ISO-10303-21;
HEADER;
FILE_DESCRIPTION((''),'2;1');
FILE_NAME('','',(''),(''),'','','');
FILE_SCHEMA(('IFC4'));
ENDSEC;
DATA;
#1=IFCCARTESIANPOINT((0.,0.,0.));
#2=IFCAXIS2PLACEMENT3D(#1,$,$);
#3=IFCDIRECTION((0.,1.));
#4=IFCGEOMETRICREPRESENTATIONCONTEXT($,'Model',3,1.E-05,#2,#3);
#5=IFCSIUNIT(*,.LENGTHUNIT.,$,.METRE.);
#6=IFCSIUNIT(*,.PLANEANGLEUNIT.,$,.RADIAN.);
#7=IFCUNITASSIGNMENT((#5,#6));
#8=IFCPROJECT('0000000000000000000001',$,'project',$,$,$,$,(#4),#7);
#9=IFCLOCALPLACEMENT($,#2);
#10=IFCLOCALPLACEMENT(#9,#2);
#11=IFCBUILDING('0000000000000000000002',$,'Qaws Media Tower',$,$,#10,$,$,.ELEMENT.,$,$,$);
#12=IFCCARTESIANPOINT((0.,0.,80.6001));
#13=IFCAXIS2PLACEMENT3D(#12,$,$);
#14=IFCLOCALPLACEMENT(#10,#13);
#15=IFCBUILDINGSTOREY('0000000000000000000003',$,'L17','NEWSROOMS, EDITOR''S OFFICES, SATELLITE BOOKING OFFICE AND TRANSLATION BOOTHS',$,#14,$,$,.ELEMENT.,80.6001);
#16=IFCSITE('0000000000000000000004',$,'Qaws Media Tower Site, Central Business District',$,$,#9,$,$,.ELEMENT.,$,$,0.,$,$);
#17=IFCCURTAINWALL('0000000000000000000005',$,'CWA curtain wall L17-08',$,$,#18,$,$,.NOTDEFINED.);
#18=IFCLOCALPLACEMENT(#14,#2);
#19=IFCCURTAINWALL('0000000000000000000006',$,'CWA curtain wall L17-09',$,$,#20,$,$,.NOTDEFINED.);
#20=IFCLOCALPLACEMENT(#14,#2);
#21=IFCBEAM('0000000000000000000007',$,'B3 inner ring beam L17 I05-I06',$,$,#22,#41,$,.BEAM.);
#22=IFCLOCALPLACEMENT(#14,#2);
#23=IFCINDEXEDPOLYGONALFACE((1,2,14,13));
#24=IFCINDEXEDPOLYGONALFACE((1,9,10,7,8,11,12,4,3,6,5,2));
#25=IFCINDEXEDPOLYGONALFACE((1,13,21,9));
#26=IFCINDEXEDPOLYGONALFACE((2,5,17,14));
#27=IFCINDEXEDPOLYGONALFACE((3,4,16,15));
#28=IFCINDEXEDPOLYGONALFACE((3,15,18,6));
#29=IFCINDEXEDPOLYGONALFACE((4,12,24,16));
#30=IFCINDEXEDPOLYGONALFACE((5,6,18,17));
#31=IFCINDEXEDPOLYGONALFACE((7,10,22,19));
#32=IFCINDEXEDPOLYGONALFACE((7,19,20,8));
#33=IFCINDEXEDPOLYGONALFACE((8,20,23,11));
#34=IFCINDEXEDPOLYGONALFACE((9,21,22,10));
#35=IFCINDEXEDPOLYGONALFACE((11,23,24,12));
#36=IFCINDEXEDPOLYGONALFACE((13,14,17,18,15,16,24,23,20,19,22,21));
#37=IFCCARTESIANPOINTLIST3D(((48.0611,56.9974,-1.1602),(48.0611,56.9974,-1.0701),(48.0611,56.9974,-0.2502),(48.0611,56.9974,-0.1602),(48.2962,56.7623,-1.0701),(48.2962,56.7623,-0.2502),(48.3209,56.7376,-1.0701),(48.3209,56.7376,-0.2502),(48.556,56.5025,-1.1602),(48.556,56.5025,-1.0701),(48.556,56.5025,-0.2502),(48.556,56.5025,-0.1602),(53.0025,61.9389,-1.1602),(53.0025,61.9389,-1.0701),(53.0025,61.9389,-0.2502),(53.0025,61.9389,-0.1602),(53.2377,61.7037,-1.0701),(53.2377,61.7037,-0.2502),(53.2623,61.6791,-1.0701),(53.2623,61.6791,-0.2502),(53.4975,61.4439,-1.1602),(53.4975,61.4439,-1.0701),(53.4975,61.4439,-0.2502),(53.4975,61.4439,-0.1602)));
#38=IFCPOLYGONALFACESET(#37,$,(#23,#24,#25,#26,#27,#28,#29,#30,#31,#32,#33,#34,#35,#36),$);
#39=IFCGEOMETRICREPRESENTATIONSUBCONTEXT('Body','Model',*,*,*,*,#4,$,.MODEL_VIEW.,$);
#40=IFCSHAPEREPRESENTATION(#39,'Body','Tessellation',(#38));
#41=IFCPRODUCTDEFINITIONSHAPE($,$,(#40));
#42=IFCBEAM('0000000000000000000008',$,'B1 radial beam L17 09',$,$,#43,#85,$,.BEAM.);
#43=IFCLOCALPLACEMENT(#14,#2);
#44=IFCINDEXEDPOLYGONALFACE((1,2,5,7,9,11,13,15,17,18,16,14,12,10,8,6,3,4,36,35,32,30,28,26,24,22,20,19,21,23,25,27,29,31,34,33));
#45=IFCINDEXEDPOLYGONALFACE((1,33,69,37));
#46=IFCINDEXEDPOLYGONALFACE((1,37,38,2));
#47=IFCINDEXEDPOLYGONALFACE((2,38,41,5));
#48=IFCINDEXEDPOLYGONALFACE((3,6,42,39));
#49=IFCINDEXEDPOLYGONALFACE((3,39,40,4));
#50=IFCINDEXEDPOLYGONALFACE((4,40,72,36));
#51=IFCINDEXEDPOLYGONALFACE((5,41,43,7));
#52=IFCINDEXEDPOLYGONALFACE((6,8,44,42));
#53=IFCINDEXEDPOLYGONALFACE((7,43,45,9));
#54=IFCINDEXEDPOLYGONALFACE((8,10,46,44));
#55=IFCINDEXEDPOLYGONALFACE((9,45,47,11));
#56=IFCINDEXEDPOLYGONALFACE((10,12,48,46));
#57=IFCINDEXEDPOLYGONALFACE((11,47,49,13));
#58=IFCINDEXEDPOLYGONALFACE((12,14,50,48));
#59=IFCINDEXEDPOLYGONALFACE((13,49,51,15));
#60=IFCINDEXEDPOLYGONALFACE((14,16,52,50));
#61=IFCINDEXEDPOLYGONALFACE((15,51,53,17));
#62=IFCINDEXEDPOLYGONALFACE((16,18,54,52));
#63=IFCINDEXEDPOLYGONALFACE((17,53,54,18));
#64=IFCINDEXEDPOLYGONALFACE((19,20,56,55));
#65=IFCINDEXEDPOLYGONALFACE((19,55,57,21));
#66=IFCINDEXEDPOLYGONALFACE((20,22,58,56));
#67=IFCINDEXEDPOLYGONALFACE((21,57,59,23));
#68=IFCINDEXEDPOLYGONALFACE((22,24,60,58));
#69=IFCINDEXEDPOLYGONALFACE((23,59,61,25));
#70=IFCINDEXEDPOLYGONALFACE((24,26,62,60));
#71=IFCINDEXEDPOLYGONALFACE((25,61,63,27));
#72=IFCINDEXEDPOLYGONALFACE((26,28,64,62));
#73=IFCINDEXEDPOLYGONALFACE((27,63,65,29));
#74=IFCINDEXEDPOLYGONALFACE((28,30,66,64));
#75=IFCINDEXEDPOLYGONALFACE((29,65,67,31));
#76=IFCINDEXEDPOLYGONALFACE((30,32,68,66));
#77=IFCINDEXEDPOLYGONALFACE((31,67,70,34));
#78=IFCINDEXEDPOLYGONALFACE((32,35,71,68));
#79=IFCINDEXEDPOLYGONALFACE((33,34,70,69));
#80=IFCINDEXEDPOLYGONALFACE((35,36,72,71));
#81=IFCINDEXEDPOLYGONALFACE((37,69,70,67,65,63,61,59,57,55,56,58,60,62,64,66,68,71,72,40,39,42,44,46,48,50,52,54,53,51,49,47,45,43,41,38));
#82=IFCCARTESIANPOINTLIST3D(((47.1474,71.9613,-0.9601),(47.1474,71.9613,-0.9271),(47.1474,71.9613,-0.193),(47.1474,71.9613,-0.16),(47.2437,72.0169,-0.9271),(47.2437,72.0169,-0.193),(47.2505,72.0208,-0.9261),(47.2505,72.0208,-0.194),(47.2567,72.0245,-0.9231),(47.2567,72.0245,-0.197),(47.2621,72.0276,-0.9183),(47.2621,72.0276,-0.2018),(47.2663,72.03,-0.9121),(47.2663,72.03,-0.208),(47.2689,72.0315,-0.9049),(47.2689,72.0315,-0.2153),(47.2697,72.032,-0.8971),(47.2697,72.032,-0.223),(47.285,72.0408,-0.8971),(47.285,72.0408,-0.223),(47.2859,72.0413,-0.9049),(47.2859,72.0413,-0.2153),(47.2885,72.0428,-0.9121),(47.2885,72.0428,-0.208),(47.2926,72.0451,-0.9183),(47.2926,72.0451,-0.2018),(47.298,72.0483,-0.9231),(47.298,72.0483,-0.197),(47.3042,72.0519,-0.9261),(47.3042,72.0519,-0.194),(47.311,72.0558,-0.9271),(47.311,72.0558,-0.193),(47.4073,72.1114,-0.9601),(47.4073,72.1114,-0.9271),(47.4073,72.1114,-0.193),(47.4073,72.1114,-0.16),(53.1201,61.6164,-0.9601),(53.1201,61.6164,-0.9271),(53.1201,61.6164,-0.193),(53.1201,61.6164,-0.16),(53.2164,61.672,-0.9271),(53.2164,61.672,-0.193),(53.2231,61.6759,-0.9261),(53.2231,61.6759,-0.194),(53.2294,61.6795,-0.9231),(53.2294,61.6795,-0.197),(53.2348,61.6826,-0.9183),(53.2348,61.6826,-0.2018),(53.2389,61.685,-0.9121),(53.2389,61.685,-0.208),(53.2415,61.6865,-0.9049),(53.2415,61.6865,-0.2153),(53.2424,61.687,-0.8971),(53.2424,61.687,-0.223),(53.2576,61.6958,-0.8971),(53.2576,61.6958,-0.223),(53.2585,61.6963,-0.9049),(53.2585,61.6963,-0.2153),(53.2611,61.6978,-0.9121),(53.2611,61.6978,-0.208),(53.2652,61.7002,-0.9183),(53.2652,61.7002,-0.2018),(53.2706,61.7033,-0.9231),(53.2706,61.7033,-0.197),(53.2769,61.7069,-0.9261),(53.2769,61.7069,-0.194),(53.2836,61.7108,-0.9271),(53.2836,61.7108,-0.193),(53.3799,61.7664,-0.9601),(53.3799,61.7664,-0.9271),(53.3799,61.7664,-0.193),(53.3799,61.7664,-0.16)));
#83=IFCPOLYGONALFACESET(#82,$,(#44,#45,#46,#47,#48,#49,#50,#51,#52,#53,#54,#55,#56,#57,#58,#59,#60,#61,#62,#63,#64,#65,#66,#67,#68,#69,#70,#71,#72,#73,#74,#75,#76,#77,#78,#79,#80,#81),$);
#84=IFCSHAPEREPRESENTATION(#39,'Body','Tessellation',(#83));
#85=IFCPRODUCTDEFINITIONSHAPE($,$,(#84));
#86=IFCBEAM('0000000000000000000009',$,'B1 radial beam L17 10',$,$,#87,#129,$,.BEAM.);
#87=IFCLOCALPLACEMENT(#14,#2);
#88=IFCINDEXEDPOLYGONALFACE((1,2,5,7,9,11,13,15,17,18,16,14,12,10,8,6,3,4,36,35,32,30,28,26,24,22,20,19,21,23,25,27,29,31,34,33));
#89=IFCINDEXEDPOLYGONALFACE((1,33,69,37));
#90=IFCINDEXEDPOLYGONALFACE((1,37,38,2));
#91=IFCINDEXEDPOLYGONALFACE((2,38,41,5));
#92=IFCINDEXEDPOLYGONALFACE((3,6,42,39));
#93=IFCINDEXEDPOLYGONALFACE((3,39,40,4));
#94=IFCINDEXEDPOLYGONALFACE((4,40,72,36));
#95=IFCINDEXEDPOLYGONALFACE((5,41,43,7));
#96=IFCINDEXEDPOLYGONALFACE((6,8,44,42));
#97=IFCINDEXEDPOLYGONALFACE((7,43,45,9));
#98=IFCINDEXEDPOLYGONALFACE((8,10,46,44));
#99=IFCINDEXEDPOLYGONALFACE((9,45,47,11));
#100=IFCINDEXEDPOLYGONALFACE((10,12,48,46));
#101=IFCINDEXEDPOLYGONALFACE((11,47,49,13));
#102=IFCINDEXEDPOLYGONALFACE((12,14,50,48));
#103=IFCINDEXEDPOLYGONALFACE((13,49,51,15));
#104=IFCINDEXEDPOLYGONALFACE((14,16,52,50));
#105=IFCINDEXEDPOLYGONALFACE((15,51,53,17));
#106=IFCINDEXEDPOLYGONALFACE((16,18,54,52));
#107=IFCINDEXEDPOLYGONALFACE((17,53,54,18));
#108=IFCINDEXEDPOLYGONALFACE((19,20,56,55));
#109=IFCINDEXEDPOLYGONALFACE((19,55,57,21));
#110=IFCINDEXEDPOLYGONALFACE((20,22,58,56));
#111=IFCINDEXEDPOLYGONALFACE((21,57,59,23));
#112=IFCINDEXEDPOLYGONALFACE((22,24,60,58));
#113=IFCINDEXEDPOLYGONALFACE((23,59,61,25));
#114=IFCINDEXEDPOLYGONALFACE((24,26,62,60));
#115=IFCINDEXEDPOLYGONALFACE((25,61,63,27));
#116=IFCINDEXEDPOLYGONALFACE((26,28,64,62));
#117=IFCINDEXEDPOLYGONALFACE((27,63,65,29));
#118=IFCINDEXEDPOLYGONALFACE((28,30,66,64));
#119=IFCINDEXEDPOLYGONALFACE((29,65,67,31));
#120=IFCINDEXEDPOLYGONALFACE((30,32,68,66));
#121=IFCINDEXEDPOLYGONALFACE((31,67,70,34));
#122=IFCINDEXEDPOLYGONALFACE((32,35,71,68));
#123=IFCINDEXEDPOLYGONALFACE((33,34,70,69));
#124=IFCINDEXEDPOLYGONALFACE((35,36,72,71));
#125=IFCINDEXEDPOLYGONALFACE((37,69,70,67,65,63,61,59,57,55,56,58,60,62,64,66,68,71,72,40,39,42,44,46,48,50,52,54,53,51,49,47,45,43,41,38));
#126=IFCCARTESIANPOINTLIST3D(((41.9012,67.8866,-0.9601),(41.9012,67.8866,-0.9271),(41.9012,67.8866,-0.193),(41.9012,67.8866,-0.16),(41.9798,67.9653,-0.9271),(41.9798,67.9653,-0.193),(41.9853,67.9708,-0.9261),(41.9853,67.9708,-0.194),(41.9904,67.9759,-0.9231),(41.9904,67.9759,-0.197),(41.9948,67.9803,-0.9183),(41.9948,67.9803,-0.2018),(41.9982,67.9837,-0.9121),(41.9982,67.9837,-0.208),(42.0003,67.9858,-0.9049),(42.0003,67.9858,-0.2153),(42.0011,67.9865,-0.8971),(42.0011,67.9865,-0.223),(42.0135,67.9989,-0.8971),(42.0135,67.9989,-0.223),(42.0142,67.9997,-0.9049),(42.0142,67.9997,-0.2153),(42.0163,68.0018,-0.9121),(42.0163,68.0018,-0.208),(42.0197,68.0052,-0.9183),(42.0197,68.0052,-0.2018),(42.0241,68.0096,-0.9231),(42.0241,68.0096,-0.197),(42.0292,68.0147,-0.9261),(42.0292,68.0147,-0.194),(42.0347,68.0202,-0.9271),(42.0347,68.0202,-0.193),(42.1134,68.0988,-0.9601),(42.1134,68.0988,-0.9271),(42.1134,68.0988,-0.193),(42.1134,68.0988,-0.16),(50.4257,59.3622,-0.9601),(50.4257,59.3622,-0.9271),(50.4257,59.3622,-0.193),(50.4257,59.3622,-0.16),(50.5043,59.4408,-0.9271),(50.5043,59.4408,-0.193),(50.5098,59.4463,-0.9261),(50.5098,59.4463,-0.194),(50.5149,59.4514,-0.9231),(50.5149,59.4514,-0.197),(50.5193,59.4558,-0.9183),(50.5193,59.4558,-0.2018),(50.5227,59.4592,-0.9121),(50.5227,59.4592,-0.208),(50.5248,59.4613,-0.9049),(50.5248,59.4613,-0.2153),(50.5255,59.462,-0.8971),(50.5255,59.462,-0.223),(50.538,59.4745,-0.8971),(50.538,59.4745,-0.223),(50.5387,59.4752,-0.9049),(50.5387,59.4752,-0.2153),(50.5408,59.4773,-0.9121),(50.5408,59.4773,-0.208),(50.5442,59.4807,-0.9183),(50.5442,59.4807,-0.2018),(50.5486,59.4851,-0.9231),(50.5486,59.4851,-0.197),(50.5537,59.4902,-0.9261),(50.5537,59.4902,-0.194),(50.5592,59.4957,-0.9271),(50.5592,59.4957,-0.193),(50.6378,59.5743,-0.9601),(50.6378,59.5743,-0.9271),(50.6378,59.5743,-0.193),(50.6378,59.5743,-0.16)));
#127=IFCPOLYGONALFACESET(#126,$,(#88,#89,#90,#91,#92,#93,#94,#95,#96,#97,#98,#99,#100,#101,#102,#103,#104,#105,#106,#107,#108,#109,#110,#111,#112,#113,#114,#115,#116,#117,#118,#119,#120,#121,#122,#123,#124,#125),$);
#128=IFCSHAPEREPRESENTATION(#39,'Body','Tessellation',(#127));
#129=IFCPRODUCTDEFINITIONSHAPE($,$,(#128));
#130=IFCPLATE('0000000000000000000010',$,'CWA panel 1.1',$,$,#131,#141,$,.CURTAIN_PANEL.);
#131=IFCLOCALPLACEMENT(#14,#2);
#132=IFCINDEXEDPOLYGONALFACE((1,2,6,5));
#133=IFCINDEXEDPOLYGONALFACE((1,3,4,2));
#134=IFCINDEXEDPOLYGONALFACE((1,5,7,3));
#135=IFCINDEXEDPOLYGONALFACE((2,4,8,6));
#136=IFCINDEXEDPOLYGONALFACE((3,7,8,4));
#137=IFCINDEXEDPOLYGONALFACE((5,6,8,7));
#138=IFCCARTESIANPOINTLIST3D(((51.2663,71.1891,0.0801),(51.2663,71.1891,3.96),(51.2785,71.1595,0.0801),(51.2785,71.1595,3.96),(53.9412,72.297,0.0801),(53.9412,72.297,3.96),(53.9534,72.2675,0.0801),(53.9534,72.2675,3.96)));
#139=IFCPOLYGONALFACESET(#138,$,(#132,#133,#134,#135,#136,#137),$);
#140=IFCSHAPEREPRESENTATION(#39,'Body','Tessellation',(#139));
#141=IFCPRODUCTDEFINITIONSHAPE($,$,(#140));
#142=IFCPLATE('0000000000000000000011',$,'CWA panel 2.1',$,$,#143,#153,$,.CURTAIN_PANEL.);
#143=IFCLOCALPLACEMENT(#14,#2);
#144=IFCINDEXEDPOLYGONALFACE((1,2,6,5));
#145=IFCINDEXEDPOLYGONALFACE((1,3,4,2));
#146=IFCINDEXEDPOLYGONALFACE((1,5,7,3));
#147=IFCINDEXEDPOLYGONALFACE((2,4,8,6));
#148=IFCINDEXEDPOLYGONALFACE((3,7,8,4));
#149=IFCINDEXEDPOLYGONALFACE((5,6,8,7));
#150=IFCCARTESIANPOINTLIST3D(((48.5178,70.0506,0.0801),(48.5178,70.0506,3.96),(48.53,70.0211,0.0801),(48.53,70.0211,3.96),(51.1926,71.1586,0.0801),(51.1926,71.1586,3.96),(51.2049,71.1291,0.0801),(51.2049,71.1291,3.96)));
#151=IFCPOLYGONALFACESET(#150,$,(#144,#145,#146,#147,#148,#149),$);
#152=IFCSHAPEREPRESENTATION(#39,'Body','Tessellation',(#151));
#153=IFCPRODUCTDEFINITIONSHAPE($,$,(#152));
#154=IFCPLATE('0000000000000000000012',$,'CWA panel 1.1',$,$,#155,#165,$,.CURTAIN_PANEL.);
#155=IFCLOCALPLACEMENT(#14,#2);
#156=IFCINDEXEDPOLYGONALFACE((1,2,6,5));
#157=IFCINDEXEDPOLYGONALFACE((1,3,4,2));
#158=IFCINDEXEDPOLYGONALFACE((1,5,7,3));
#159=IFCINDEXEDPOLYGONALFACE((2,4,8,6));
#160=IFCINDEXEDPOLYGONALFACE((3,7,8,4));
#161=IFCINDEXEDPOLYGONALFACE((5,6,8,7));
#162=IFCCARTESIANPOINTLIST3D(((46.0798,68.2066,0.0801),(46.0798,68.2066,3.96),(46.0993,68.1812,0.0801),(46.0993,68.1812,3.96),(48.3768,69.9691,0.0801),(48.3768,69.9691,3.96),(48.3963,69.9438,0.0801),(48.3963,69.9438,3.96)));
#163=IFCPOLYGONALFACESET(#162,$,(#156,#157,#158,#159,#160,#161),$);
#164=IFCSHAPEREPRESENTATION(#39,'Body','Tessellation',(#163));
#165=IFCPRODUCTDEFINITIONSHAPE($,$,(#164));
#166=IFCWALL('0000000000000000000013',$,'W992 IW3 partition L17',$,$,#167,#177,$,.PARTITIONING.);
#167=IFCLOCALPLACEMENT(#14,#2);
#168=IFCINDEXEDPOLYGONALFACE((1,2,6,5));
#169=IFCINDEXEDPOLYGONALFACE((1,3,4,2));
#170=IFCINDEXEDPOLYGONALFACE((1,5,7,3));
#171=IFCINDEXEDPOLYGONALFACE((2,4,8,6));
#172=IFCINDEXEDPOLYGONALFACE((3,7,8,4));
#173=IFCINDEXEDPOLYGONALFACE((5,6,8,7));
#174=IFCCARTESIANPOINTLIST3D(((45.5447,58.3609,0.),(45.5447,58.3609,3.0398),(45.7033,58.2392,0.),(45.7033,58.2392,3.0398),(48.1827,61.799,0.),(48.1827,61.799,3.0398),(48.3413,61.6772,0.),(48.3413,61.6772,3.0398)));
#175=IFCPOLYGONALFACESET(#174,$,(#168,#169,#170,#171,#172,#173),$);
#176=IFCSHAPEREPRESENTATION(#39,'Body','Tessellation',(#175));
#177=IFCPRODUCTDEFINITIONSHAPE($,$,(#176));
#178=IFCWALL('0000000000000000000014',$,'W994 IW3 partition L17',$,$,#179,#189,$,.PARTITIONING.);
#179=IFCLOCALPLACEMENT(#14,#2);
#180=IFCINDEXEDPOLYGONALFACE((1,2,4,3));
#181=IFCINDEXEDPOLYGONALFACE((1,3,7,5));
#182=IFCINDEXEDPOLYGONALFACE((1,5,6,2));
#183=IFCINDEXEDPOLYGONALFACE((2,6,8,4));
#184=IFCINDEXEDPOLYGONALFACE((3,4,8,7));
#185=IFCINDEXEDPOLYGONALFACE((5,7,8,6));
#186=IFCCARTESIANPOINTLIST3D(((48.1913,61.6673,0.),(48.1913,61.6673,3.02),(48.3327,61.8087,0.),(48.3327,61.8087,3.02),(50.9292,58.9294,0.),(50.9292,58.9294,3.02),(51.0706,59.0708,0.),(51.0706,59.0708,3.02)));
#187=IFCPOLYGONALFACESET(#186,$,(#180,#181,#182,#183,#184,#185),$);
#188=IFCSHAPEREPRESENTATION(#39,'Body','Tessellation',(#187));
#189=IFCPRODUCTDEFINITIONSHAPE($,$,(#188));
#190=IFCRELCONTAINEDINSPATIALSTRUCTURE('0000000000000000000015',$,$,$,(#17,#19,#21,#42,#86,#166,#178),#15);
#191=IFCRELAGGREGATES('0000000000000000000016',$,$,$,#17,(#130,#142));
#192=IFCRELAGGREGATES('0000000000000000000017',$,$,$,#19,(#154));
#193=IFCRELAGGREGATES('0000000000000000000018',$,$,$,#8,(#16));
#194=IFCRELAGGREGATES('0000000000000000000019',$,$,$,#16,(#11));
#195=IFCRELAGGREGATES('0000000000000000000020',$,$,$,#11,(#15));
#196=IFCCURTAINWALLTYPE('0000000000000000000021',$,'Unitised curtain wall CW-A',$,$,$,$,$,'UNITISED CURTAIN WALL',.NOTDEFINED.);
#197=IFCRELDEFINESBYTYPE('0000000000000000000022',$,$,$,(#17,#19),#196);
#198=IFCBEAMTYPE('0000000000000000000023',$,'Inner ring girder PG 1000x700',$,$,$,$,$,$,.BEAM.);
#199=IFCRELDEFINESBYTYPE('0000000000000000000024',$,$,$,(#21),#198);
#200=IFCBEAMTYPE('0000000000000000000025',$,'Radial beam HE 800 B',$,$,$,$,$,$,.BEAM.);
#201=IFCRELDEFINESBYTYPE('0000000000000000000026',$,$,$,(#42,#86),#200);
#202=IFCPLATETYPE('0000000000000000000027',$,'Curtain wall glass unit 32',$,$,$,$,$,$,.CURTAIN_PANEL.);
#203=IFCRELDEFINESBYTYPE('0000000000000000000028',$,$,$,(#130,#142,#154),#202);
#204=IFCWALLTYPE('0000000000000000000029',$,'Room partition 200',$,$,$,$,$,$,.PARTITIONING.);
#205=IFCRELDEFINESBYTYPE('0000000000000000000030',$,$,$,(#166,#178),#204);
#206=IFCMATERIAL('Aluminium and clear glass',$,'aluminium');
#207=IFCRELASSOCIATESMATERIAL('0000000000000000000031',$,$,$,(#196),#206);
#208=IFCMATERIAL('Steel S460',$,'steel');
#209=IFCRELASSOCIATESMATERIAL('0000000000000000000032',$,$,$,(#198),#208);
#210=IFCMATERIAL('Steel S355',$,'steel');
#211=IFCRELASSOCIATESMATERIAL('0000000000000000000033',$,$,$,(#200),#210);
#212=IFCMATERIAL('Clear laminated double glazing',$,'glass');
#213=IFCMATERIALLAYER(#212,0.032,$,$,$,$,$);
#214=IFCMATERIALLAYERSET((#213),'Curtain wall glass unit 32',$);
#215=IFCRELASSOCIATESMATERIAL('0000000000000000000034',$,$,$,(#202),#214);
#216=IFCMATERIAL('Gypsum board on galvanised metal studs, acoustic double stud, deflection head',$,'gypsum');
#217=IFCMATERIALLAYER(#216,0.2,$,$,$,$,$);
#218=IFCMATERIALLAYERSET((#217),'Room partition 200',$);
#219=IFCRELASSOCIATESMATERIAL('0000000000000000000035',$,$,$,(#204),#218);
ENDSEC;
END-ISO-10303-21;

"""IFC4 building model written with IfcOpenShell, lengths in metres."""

from ifc_helpers import new_model, si_unit, direction, frame, frame_2d, origin, origin_2d, place, context, subcontext, project, spatial, rectangle, i_section, extrude, material, layer, layer_set, material_profile, profile_set, type_object, element, aggregate, save


model = new_model("IFC4")

# Units and contexts
model_context = context("Model", 3, precision=1e-05, world=origin(), true_north=direction((0.0, 1.0)))
body_context = subcontext(model_context, "Body", "Model", "MODEL_VIEW")
ifc_project = project(units=[si_unit("LENGTHUNIT", "METRE"), si_unit("PLANEANGLEUNIT", "RADIAN")], contexts=[model_context])

# Site, building, storey
site_placement = place(None, origin())
site = spatial("IfcSite", under=ifc_project, at=site_placement, Name="Qaws Media Tower Site, Central Business District", CompositionType="ELEMENT", RefElevation=0.0)
building_placement = place(site_placement, origin())
building = spatial("IfcBuilding", under=site, at=building_placement, Name="Qaws Media Tower", CompositionType="ELEMENT")
storey_placement = place(building_placement, frame((0.0, 0.0, 80.6001)))
storey = spatial("IfcBuildingStorey", under=building, at=storey_placement, Name="L17", Description="NEWSROOMS, EDITOR'S OFFICES, SATELLITE BOOKING OFFICE AND TRANSLATION BOOTHS", CompositionType="ELEMENT", Elevation=80.6001)

# Curtain walls
ifc_material_1 = material(Name="Aluminium and clear glass", Category="aluminium")
curtain_wall_type = type_object("IfcCurtainWallType", Name="Unitised curtain wall CW-A", ElementType="UNITISED CURTAIN WALL", PredefinedType="NOTDEFINED", material=ifc_material_1)
curtain_wall_1_placement = place(storey_placement, origin())
curtain_wall_1 = element("IfcCurtainWall", 1, at=curtain_wall_1_placement, inside=storey, type_object=curtain_wall_type, Name="CWA curtain wall L17-08", PredefinedType="NOTDEFINED")
curtain_wall_2_placement = place(storey_placement, origin())
curtain_wall_2 = element("IfcCurtainWall", 2, at=curtain_wall_2_placement, inside=storey, type_object=curtain_wall_type, Name="CWA curtain wall L17-09", PredefinedType="NOTDEFINED")

# Beams
ifc_material_2 = material(Name="Steel S460", Category="steel")
ifc_material_profile_1 = material_profile(ifc_material_2, i_section(OverallWidth=0.7, OverallDepth=1.0, WebThickness=0.0349, FlangeThickness=0.0901, at=origin_2d()), Name="PG 1000x700")
ifc_profile_set_1 = profile_set([ifc_material_profile_1], Name="Steel S460")
beam_type_1 = type_object("IfcBeamType", Name="Inner ring girder PG 1000x700", PredefinedType="BEAM", material=ifc_profile_set_1)
beam_1_placement = place(storey_placement, frame((53.25, 61.6914, -0.6602), z_axis=(-0.707107, -0.707107, 0.0), x_axis=(0.707107, -0.707107, 0.0)))
element("IfcBeam", 3, at=beam_1_placement, inside=storey, type_object=beam_type_1, Name="B3 inner ring beam L17 I05-I06", PredefinedType="BEAM", context=body_context, shape_type="SweptSolid", body=[
    extrude(i_section(OverallWidth=0.7, OverallDepth=1.0, WebThickness=0.0349, FlangeThickness=0.0901, at=origin_2d()), origin(), (0.0, 0.0, 1.0), 6.9883),
])
ifc_material_3 = material(Name="Steel S355", Category="steel")
ifc_material_profile_2 = material_profile(ifc_material_3, i_section(OverallWidth=0.3, OverallDepth=0.8, WebThickness=0.0176, FlangeThickness=0.033, FilletRadius=0.03, at=origin_2d()), Name="HE 800 B")
ifc_profile_set_2 = profile_set([ifc_material_profile_2], Name="Steel S355")
beam_type_2 = type_object("IfcBeamType", Name="Radial beam HE 800 B", PredefinedType="BEAM", material=ifc_profile_set_2)
beam_2_placement = place(storey_placement, frame((53.25, 61.6914, -0.5601), z_axis=(-0.499999, 0.866026, 0.0), x_axis=(-0.866026, -0.499999, 0.0)))
element("IfcBeam", 4, at=beam_2_placement, inside=storey, type_object=beam_type_2, Name="B1 radial beam L17 09", PredefinedType="BEAM", context=body_context, shape_type="SweptSolid", body=[
    extrude(i_section(OverallWidth=0.3, OverallDepth=0.8, WebThickness=0.0176, FlangeThickness=0.033, FilletRadius=0.03, at=origin_2d()), origin(), (0.0, 0.0, 1.0), 11.9453),
])
beam_3_placement = place(storey_placement, frame((50.5317, 59.4683, -0.5601), z_axis=(-0.707107, 0.707107, 0.0), x_axis=(-0.707107, -0.707107, 0.0)))
element("IfcBeam", 5, at=beam_3_placement, inside=storey, type_object=beam_type_2, Name="B1 radial beam L17 10", PredefinedType="BEAM", context=body_context, shape_type="SweptSolid", body=[
    extrude(i_section(OverallWidth=0.3, OverallDepth=0.8, WebThickness=0.0176, FlangeThickness=0.033, FilletRadius=0.03, at=origin_2d()), origin(), (0.0, 0.0, 1.0), 12.0554),
])

# Plates
ifc_material_4 = material(Name="Clear laminated double glazing", Category="glass")
ifc_layer_1 = layer(ifc_material_4, 0.032)
ifc_layer_set_1 = layer_set([ifc_layer_1], Name="Curtain wall glass unit 32")
plate_type = type_object("IfcPlateType", Name="Curtain wall glass unit 32", PredefinedType="CURTAIN_PANEL", material=ifc_layer_set_1)
plate_1_placement = place(storey_placement, frame((52.6099, 71.7283, 0.0801), z_axis=(0.0, 0.0, 1.0), x_axis=(-0.92388, -0.382683, 0.0)))
plate_1 = element("IfcPlate", 6, at=plate_1_placement, type_object=plate_type, Name="CWA panel 1.1", PredefinedType="CURTAIN_PANEL", context=body_context, shape_type="SweptSolid", body=[
    extrude(rectangle(XDim=2.8953, YDim=0.032, at=origin_2d()), origin(), (0.0, 0.0, 1.0), 3.8799),
])
plate_2_placement = place(storey_placement, frame((49.8613, 70.5898, 0.0801), z_axis=(0.0, 0.0, 1.0), x_axis=(-0.92388, -0.382683, 0.0)))
plate_2 = element("IfcPlate", 7, at=plate_2_placement, type_object=plate_type, Name="CWA panel 2.1", PredefinedType="CURTAIN_PANEL", context=body_context, shape_type="SweptSolid", body=[
    extrude(rectangle(XDim=2.8953, YDim=0.032, at=origin_2d()), origin(), (0.0, 0.0, 1.0), 3.8799),
])
aggregate(curtain_wall_1, [plate_1, plate_2])
plate_3_placement = place(storey_placement, frame((47.238, 69.0752, 0.0801), z_axis=(0.0, 0.0, 1.0), x_axis=(-0.793353, -0.608761, 0.0)))
plate_3 = element("IfcPlate", 8, at=plate_3_placement, type_object=plate_type, Name="CWA panel 1.1", PredefinedType="CURTAIN_PANEL", context=body_context, shape_type="SweptSolid", body=[
    extrude(rectangle(XDim=2.8953, YDim=0.032, at=origin_2d()), origin(), (0.0, 0.0, 1.0), 3.8799),
])
aggregate(curtain_wall_2, [plate_3])

# Walls
ifc_material_5 = material(Name="Gypsum board on galvanised metal studs, acoustic double stud, deflection head", Category="gypsum")
ifc_layer_2 = layer(ifc_material_5, 0.2)
ifc_layer_set_2 = layer_set([ifc_layer_2], Name="Room partition 200")
wall_type = type_object("IfcWallType", Name="Room partition 200", PredefinedType="PARTITIONING", material=ifc_layer_set_2)
wall_1_placement = place(storey_placement, frame((45.624, 58.3, 0.0), z_axis=(0.0, 0.0, 1.0), x_axis=(0.608744, 0.793367, 0.0)))
element("IfcWall", 9, at=wall_1_placement, inside=storey, type_object=wall_type, Name="W992 IW3 partition L17", PredefinedType="PARTITIONING", context=body_context, shape_type="SweptSolid", body=[
    extrude(rectangle(XDim=4.3335, YDim=0.2, at=frame_2d((2.1667, 0.0))), origin(), (0.0, 0.0, 1.0), 3.0398),
])
wall_2_placement = place(storey_placement, frame((48.262, 61.738, 0.0), z_axis=(0.0, 0.0, 1.0), x_axis=(0.707107, -0.707107, 0.0)))
element("IfcWall", 10, at=wall_2_placement, inside=storey, type_object=wall_type, Name="W994 IW3 partition L17", PredefinedType="PARTITIONING", context=body_context, shape_type="SweptSolid", body=[
    extrude(rectangle(XDim=3.8721, YDim=0.2, at=frame_2d((1.936, 0.0))), origin(), (0.0, 0.0, 1.0), 3.02),
])

save(model, "model.ifc")
